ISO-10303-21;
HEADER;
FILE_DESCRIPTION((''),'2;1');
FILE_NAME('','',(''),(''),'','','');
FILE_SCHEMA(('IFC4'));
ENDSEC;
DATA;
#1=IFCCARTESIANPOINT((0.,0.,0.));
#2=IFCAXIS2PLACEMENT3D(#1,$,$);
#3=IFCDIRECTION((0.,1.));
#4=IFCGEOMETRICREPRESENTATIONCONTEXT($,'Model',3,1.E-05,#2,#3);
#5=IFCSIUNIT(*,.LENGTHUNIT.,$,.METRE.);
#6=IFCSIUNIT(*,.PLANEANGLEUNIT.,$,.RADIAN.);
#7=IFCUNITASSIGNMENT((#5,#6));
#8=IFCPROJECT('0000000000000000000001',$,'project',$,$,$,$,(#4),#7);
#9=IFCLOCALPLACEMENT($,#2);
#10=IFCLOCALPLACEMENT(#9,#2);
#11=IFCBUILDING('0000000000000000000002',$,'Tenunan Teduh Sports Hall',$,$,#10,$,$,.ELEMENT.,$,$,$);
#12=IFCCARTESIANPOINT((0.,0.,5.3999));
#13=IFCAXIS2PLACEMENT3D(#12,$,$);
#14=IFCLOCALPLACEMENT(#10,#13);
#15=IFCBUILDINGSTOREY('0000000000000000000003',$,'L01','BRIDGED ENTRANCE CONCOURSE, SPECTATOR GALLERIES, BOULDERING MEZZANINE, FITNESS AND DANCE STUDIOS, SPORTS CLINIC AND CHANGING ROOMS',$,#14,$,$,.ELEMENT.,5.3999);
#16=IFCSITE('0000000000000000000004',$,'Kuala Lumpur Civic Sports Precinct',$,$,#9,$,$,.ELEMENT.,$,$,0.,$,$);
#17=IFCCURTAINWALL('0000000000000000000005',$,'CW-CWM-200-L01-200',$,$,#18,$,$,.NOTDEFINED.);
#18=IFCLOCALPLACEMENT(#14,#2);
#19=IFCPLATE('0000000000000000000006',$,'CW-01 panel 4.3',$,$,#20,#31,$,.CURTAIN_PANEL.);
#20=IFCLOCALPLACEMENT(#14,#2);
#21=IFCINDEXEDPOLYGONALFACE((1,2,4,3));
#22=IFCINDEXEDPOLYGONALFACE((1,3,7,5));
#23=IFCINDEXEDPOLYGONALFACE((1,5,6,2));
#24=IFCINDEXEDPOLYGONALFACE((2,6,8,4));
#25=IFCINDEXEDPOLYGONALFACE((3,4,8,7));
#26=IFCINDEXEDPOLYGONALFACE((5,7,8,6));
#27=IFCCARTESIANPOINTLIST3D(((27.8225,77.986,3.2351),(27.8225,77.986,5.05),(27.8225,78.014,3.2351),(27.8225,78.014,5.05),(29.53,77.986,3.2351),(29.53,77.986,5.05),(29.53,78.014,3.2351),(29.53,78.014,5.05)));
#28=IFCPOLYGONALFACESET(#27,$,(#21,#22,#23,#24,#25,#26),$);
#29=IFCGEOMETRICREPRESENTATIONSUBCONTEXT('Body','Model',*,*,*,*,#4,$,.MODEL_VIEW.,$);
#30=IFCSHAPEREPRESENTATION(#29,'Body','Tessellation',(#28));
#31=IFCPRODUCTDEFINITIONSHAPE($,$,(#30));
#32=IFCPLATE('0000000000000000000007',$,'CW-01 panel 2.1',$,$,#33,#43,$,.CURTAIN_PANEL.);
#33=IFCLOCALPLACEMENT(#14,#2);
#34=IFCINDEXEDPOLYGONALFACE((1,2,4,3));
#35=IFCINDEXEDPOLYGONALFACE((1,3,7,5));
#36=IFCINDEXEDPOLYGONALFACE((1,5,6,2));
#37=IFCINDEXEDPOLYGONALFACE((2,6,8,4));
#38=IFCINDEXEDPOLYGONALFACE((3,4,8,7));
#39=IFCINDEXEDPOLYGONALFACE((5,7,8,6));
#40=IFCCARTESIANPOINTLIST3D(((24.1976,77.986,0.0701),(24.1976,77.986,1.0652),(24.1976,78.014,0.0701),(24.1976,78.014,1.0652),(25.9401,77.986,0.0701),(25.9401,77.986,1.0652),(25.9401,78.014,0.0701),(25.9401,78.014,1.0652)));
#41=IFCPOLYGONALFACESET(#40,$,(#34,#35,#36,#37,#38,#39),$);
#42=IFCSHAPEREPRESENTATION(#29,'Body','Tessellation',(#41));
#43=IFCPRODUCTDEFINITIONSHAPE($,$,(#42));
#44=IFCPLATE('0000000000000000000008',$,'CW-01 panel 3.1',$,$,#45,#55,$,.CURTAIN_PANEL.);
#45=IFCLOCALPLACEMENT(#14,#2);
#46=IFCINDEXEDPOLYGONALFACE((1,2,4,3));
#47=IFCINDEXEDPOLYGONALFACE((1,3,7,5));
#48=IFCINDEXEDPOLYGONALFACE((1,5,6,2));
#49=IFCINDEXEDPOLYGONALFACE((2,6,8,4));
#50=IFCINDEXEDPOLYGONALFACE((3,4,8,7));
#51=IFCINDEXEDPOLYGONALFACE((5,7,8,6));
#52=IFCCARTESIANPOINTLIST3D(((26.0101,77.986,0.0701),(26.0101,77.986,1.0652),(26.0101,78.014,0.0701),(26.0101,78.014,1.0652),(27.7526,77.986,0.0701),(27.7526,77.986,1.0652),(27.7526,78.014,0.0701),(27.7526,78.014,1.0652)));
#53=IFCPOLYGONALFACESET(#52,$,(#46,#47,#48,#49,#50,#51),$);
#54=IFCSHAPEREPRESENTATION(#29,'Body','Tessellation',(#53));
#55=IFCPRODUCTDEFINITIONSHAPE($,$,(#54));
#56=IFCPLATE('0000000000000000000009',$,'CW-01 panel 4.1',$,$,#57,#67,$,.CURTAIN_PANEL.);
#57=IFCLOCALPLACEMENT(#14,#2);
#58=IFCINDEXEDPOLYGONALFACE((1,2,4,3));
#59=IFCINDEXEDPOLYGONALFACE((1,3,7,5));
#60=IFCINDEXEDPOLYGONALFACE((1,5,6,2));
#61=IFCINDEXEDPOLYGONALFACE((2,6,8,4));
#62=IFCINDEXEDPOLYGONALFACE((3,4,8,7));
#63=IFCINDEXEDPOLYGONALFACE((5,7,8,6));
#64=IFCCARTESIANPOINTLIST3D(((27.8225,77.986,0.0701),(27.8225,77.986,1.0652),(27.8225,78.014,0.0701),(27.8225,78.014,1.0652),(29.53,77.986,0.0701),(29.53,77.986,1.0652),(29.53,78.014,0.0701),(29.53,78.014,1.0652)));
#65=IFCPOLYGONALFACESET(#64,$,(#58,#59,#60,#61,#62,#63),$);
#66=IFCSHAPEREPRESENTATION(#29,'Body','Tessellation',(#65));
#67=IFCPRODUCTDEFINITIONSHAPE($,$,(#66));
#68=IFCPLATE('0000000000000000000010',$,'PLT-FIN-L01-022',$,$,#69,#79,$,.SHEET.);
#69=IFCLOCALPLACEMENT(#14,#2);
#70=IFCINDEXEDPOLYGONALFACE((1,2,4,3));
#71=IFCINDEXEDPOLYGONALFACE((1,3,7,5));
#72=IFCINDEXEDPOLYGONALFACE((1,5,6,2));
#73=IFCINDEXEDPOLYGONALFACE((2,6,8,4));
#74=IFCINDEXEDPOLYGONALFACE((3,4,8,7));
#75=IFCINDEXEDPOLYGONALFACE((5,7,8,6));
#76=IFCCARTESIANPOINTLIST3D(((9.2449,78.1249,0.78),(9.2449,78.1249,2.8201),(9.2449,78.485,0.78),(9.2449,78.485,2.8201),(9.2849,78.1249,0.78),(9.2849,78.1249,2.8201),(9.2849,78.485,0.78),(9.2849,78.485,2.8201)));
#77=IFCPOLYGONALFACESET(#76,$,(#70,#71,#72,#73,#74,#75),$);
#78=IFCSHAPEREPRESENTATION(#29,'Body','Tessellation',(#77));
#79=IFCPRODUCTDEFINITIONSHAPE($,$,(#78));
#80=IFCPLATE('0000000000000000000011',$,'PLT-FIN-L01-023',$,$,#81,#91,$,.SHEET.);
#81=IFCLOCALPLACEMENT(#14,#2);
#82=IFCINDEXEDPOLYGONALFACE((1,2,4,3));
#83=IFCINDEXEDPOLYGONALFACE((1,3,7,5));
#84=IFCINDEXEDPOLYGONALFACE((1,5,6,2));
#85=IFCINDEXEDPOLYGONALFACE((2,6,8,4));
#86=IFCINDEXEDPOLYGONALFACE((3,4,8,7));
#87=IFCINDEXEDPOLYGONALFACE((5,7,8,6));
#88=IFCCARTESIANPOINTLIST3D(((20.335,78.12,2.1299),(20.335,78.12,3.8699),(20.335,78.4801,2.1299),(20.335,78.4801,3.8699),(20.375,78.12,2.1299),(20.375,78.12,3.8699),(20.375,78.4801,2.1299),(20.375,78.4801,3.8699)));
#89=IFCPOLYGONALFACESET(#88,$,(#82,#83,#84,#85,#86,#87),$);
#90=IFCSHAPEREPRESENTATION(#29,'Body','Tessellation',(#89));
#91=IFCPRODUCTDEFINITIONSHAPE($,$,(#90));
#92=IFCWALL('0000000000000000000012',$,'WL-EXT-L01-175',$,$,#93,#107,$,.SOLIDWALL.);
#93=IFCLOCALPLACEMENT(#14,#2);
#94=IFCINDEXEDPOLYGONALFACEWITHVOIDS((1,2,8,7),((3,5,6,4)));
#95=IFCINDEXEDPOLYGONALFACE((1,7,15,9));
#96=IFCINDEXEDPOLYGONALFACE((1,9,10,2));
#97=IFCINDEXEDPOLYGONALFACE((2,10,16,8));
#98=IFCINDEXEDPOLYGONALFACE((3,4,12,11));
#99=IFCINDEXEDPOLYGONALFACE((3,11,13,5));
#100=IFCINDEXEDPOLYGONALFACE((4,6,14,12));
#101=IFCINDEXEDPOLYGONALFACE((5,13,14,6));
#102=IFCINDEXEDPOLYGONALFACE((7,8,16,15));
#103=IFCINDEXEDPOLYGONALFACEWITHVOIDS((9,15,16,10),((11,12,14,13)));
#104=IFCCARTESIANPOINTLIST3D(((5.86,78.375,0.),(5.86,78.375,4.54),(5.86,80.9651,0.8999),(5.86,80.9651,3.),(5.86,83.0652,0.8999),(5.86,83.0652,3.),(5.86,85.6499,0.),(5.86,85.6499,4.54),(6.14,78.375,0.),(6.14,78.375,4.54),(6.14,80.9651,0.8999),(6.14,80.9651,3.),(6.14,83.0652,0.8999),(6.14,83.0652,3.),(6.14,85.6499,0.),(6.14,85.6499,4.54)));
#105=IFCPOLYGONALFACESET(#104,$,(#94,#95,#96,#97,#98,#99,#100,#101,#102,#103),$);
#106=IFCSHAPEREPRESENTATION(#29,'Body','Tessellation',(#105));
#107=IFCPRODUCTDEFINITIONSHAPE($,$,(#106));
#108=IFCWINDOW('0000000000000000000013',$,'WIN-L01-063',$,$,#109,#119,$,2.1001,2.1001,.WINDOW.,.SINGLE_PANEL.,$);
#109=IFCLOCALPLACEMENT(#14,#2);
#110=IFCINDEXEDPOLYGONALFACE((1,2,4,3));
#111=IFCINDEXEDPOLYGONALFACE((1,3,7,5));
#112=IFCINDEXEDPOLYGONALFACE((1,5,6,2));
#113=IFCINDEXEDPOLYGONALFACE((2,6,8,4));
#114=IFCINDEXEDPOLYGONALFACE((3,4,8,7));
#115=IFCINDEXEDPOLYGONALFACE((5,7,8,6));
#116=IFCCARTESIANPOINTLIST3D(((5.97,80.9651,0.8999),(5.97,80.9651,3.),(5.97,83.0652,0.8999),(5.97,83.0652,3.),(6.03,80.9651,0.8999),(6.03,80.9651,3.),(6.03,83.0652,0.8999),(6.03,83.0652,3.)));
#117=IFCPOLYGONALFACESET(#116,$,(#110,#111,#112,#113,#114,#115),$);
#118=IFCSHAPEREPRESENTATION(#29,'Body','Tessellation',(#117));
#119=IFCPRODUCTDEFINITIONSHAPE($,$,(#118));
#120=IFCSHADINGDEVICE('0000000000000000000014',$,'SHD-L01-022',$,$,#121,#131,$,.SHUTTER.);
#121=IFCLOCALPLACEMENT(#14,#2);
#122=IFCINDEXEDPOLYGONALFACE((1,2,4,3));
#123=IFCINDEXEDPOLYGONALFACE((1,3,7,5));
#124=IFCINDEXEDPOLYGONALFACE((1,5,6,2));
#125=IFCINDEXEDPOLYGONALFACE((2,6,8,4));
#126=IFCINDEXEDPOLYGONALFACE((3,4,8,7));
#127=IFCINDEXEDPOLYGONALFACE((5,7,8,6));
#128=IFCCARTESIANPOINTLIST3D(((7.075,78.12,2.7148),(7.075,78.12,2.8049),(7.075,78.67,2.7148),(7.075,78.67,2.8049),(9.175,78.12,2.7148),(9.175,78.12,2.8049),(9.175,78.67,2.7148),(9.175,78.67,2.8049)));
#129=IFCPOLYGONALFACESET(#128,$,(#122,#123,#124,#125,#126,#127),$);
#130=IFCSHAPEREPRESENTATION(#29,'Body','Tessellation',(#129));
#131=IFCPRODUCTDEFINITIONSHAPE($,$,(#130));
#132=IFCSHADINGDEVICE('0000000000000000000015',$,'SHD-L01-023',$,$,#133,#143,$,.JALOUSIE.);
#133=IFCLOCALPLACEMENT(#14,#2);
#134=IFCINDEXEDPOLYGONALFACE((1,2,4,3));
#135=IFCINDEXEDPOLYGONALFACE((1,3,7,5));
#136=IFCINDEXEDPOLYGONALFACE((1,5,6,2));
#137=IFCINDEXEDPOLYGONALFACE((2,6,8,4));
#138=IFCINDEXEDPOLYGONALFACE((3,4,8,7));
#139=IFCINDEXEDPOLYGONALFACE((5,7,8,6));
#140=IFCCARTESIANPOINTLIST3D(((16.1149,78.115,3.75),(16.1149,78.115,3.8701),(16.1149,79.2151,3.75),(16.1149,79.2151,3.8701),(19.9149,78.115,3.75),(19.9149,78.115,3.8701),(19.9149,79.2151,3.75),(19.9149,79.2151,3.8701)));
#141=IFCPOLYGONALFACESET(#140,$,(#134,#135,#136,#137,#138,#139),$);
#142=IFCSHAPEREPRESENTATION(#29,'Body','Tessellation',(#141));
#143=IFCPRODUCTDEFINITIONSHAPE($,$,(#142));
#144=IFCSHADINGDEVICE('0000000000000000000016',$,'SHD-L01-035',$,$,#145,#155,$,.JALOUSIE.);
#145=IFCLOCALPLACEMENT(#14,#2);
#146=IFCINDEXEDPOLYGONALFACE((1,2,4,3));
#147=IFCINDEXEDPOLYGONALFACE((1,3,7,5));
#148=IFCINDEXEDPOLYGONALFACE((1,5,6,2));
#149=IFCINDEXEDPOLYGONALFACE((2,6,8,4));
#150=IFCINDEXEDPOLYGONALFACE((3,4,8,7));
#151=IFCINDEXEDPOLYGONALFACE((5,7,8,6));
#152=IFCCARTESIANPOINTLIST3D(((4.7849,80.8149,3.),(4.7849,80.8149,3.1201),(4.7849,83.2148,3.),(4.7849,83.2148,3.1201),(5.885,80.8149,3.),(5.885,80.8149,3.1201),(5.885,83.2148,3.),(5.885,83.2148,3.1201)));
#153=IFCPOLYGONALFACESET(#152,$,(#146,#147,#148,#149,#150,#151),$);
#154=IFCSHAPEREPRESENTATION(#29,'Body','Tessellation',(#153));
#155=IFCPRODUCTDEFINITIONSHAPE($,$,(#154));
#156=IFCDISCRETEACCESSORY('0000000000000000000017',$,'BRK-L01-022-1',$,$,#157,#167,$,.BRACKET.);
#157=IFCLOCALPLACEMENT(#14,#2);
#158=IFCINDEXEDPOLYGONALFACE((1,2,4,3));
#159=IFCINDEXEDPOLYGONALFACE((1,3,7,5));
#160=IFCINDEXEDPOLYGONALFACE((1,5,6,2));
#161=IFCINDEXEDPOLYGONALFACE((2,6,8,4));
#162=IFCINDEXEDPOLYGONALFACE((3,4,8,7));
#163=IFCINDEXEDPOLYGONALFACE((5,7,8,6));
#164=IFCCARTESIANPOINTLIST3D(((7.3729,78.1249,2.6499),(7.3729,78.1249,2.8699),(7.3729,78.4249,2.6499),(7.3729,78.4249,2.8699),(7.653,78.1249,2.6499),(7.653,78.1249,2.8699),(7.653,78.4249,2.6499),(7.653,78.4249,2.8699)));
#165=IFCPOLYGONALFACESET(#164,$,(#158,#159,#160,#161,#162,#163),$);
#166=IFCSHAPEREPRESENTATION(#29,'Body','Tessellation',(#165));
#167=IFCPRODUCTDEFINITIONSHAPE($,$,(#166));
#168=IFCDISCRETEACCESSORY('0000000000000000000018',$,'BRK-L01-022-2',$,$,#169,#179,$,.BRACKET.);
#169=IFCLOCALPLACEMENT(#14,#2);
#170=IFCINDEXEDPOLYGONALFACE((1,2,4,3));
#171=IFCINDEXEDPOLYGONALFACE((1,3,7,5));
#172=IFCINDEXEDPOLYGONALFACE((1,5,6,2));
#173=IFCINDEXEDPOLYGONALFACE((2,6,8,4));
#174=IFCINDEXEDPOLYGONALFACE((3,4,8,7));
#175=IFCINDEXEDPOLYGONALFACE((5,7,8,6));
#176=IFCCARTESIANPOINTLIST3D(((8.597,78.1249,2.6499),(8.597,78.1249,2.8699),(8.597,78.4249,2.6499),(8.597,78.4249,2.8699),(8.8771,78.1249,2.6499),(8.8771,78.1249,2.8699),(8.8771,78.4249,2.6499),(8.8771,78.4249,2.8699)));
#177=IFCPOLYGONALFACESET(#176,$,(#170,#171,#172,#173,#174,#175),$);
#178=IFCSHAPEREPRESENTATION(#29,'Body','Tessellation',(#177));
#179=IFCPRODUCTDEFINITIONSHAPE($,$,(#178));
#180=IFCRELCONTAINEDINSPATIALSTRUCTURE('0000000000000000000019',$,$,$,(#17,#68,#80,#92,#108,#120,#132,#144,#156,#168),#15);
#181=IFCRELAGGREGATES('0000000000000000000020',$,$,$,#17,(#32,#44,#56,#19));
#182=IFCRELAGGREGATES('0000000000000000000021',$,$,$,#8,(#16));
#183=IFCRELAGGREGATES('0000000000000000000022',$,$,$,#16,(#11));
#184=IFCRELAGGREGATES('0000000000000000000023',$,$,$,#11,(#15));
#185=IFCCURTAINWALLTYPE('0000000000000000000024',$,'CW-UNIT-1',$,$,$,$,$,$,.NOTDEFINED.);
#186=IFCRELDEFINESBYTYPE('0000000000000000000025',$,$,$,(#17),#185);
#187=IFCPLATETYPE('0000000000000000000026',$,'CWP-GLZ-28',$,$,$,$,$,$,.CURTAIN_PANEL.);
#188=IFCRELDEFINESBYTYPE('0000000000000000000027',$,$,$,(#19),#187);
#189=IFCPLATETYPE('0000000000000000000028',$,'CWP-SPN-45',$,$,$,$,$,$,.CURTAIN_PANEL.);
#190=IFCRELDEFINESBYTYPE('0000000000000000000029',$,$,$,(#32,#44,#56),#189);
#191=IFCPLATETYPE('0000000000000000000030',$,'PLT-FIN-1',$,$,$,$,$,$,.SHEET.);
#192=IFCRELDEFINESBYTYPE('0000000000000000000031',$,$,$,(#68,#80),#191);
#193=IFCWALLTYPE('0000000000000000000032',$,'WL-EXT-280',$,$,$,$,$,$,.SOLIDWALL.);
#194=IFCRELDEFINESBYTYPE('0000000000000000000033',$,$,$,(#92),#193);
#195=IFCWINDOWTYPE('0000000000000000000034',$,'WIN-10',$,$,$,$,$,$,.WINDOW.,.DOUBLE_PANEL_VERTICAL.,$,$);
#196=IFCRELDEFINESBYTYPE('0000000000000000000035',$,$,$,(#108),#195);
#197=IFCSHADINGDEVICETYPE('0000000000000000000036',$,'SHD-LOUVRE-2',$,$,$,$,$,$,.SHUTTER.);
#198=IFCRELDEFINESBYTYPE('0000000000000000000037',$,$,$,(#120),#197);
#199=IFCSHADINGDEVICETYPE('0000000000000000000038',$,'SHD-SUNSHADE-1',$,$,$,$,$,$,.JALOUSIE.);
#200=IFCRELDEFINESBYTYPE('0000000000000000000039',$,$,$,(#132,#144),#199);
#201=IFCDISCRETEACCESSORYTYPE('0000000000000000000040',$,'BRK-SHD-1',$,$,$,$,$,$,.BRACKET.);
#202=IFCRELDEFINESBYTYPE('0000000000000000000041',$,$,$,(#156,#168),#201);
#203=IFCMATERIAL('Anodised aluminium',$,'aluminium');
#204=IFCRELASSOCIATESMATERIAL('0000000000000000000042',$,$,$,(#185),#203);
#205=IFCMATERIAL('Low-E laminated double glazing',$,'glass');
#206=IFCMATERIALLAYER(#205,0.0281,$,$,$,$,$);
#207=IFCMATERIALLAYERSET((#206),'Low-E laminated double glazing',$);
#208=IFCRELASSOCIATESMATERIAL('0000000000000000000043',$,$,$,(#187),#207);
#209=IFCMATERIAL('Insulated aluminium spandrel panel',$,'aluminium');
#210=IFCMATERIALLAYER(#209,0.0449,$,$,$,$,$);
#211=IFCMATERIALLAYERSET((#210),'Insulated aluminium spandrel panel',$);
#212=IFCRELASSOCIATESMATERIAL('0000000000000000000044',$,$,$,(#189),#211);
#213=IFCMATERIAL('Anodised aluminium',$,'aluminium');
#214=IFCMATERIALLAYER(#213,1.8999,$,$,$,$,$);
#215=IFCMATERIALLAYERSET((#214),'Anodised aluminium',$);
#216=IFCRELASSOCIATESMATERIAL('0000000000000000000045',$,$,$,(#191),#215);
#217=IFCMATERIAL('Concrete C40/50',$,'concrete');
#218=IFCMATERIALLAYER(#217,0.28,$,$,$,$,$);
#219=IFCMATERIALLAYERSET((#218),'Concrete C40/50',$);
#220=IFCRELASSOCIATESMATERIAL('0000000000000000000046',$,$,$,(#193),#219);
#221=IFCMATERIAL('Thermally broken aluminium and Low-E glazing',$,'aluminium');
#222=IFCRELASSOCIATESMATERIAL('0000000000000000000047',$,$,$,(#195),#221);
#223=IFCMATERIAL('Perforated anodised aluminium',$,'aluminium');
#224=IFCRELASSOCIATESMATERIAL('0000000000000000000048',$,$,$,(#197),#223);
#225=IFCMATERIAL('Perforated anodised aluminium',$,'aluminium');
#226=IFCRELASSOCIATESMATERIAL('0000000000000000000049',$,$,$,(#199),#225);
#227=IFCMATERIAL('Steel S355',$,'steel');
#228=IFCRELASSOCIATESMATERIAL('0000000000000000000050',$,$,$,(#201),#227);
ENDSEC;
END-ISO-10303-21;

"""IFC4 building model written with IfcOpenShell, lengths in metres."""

from ifc_helpers import new_model, si_unit, direction, frame, frame_2d, origin, origin_2d, place, context, subcontext, project, spatial, rectangle, extrude, material, layer, layer_set, type_object, element, fill, aggregate, save


model = new_model("IFC4")

# Units and contexts
model_context = context("Model", 3, precision=1e-05, world=origin(), true_north=direction((0.0, 1.0)))
body_context = subcontext(model_context, "Body", "Model", "MODEL_VIEW")
ifc_project = project(units=[si_unit("LENGTHUNIT", "METRE"), si_unit("PLANEANGLEUNIT", "RADIAN")], contexts=[model_context])

# Site, building, storey
site_placement = place(None, origin())
site = spatial("IfcSite", under=ifc_project, at=site_placement, Name="Kuala Lumpur Civic Sports Precinct", CompositionType="ELEMENT", RefElevation=0.0)
building_placement = place(site_placement, origin())
building = spatial("IfcBuilding", under=site, at=building_placement, Name="Tenunan Teduh Sports Hall", CompositionType="ELEMENT")
storey_placement = place(building_placement, frame((0.0, 0.0, 5.3999)))
storey = spatial("IfcBuildingStorey", under=building, at=storey_placement, Name="L01", Description="BRIDGED ENTRANCE CONCOURSE, SPECTATOR GALLERIES, BOULDERING MEZZANINE, FITNESS AND DANCE STUDIOS, SPORTS CLINIC AND CHANGING ROOMS", CompositionType="ELEMENT", Elevation=5.3999)

# Curtain wall
ifc_material_1 = material(Name="Anodised aluminium", Category="aluminium")
curtain_wall_type = type_object("IfcCurtainWallType", Name="CW-UNIT-1", PredefinedType="NOTDEFINED", material=ifc_material_1)
curtain_wall_placement = place(storey_placement, origin())
curtain_wall = element("IfcCurtainWall", 1, at=curtain_wall_placement, inside=storey, type_object=curtain_wall_type, Name="CW-CWM-200-L01-200", PredefinedType="NOTDEFINED")

# Plates
ifc_material_2 = material(Name="Low-E laminated double glazing", Category="glass")
ifc_layer_1 = layer(ifc_material_2, 0.0281)
ifc_layer_set_1 = layer_set([ifc_layer_1], Name="Low-E laminated double glazing")
plate_type_1 = type_object("IfcPlateType", Name="CWP-GLZ-28", PredefinedType="CURTAIN_PANEL", material=ifc_layer_set_1)
plate_1_placement = place(storey_placement, frame((28.6763, 78.0, 3.2351), z_axis=(0.0, 0.0, 1.0), x_axis=(1.0, 0.0, 0.0)))
plate_1 = element("IfcPlate", 2, at=plate_1_placement, type_object=plate_type_1, Name="CW-01 panel 4.3", PredefinedType="CURTAIN_PANEL", context=body_context, shape_type="SweptSolid", body=[
    extrude(rectangle(XDim=1.7075, YDim=0.0281, at=origin_2d()), origin(), (0.0, 0.0, 1.0), 1.8149),
])
ifc_material_3 = material(Name="Insulated aluminium spandrel panel", Category="aluminium")
ifc_layer_2 = layer(ifc_material_3, 0.0449)
ifc_layer_set_2 = layer_set([ifc_layer_2], Name="Insulated aluminium spandrel panel")
plate_type_2 = type_object("IfcPlateType", Name="CWP-SPN-45", PredefinedType="CURTAIN_PANEL", material=ifc_layer_set_2)
plate_2_placement = place(storey_placement, frame((25.0688, 78.0, 0.0701), z_axis=(0.0, 0.0, 1.0), x_axis=(1.0, 0.0, 0.0)))
plate_2 = element("IfcPlate", 3, at=plate_2_placement, type_object=plate_type_2, Name="CW-01 panel 2.1", PredefinedType="CURTAIN_PANEL", context=body_context, shape_type="SweptSolid", body=[
    extrude(rectangle(XDim=1.7424, YDim=0.0281, at=origin_2d()), origin(), (0.0, 0.0, 1.0), 0.9951),
])
plate_3_placement = place(storey_placement, frame((26.8813, 78.0, 0.0701), z_axis=(0.0, 0.0, 1.0), x_axis=(1.0, 0.0, 0.0)))
plate_3 = element("IfcPlate", 4, at=plate_3_placement, type_object=plate_type_2, Name="CW-01 panel 3.1", PredefinedType="CURTAIN_PANEL", context=body_context, shape_type="SweptSolid", body=[
    extrude(rectangle(XDim=1.7424, YDim=0.0281, at=origin_2d()), origin(), (0.0, 0.0, 1.0), 0.9951),
])
plate_4_placement = place(storey_placement, frame((28.6763, 78.0, 0.0701), z_axis=(0.0, 0.0, 1.0), x_axis=(1.0, 0.0, 0.0)))
plate_4 = element("IfcPlate", 5, at=plate_4_placement, type_object=plate_type_2, Name="CW-01 panel 4.1", PredefinedType="CURTAIN_PANEL", context=body_context, shape_type="SweptSolid", body=[
    extrude(rectangle(XDim=1.7075, YDim=0.0281, at=origin_2d()), origin(), (0.0, 0.0, 1.0), 0.9951),
])
aggregate(curtain_wall, [plate_2, plate_3, plate_4, plate_1])

# Plates
ifc_material_4 = material(Name="Anodised aluminium", Category="aluminium")
ifc_layer_3 = layer(ifc_material_4, 1.8999)
ifc_layer_set_3 = layer_set([ifc_layer_3], Name="Anodised aluminium")
plate_type_3 = type_object("IfcPlateType", Name="PLT-FIN-1", PredefinedType="SHEET", material=ifc_layer_set_3)
plate_5_placement = place(storey_placement, frame((9.2649, 78.3049, 0.78), z_axis=(0.0, 0.0, 1.0), x_axis=(1.0, 0.0, 0.0)))
element("IfcPlate", 6, at=plate_5_placement, inside=storey, type_object=plate_type_3, Name="PLT-FIN-L01-022", PredefinedType="SHEET", context=body_context, shape_type="SweptSolid", body=[
    extrude(rectangle(XDim=0.04, YDim=0.3601, at=origin_2d()), origin(), (0.0, 0.0, 1.0), 2.04),
])
plate_6_placement = place(storey_placement, frame((20.355, 78.3, 2.1299), z_axis=(0.0, 0.0, 1.0), x_axis=(1.0, 0.0, 0.0)))
element("IfcPlate", 7, at=plate_6_placement, inside=storey, type_object=plate_type_3, Name="PLT-FIN-L01-023", PredefinedType="SHEET", context=body_context, shape_type="SweptSolid", body=[
    extrude(rectangle(XDim=0.04, YDim=0.3601, at=origin_2d()), origin(), (0.0, 0.0, 1.0), 1.74),
])

# Wall, opening, window
ifc_material_5 = material(Name="Concrete C40/50", Category="concrete")
ifc_layer_4 = layer(ifc_material_5, 0.28)
ifc_layer_set_4 = layer_set([ifc_layer_4], Name="Concrete C40/50")
wall_type = type_object("IfcWallType", Name="WL-EXT-280", PredefinedType="SOLIDWALL", material=ifc_layer_set_4)
wall_placement = place(storey_placement, frame((6.0, 78.375, 0.0), z_axis=(0.0, 0.0, 1.0), x_axis=(0.0, 1.0, 0.0)))
wall = element("IfcWall", 8, at=wall_placement, inside=storey, type_object=wall_type, Name="WL-EXT-L01-175", PredefinedType="SOLIDWALL", context=body_context, shape_type="SweptSolid", body=[
    extrude(rectangle(XDim=7.2749, YDim=0.28, at=frame_2d((3.6375, 0.0))), origin(), (0.0, 0.0, 1.0), 4.54),
])
opening_placement = place(wall_placement, frame((2.5901, 0.0, 0.8999)))
opening = element("IfcOpeningElement", 9, at=opening_placement, cuts=wall, PredefinedType="OPENING", context=body_context, shape_type="SweptSolid", body=[
    extrude(rectangle(XDim=2.1001, YDim=2.1001, at=frame_2d((1.05, 1.05))), frame((0.0, 0.1499, 0.0), z_axis=(0.0, -1.0, 0.0), x_axis=(1.0, 0.0, 0.0)), (0.0, 0.0, 1.0), 0.3),
])
ifc_material_6 = material(Name="Thermally broken aluminium and Low-E glazing", Category="aluminium")
window_type = type_object("IfcWindowType", Name="WIN-10", PartitioningType="DOUBLE_PANEL_VERTICAL", PredefinedType="WINDOW", material=ifc_material_6)
window_placement = place(opening_placement, origin())
window = element("IfcWindow", 10, at=window_placement, inside=storey, type_object=window_type, Name="WIN-L01-063", OverallHeight=2.1001, OverallWidth=2.1001, PartitioningType="SINGLE_PANEL", PredefinedType="WINDOW", context=body_context, shape_type="SweptSolid", body=[
    extrude(rectangle(XDim=2.1001, YDim=2.1001, at=frame_2d((1.05, 1.05))), frame((0.0, 0.03, 0.0), z_axis=(0.0, -1.0, 0.0), x_axis=(1.0, 0.0, 0.0)), (0.0, 0.0, 1.0), 0.0601),
])
fill(opening, window)

# Shading devices
ifc_material_7 = material(Name="Perforated anodised aluminium", Category="aluminium")
shading_device_type_1 = type_object("IfcShadingDeviceType", Name="SHD-LOUVRE-2", PredefinedType="SHUTTER", material=ifc_material_7)
shading_device_1_placement = place(storey_placement, frame((8.125, 78.395, 2.7148), z_axis=(0.0, 0.0, 1.0), x_axis=(1.0, 0.0, 0.0)))
element("IfcShadingDevice", 11, at=shading_device_1_placement, inside=storey, type_object=shading_device_type_1, Name="SHD-L01-022", PredefinedType="SHUTTER", context=body_context, shape_type="SweptSolid", body=[
    extrude(rectangle(XDim=2.1001, YDim=0.55, at=origin_2d()), origin(), (0.0, 0.0, 1.0), 0.0901),
])
ifc_material_8 = material(Name="Perforated anodised aluminium", Category="aluminium")
shading_device_type_2 = type_object("IfcShadingDeviceType", Name="SHD-SUNSHADE-1", PredefinedType="JALOUSIE", material=ifc_material_8)
shading_device_2_placement = place(storey_placement, frame((18.0149, 78.665, 3.75), z_axis=(0.0, 0.0, 1.0), x_axis=(1.0, 0.0, 0.0)))
element("IfcShadingDevice", 12, at=shading_device_2_placement, inside=storey, type_object=shading_device_type_2, Name="SHD-L01-023", PredefinedType="JALOUSIE", context=body_context, shape_type="SweptSolid", body=[
    extrude(rectangle(XDim=3.8, YDim=1.1001, at=origin_2d()), origin(), (0.0, 0.0, 1.0), 0.1201),
])
shading_device_3_placement = place(storey_placement, frame((5.335, 82.0149, 3.0), z_axis=(0.0, 0.0, 1.0), x_axis=(0.0, 1.0, 0.0)))
element("IfcShadingDevice", 13, at=shading_device_3_placement, inside=storey, type_object=shading_device_type_2, Name="SHD-L01-035", PredefinedType="JALOUSIE", context=body_context, shape_type="SweptSolid", body=[
    extrude(rectangle(XDim=2.3999, YDim=1.1001, at=origin_2d()), origin(), (0.0, 0.0, 1.0), 0.1201),
])

# Discrete accessories
ifc_material_9 = material(Name="Steel S355", Category="steel")
discrete_accessory_type_1 = type_object("IfcDiscreteAccessoryType", Name="BRK-SHD-1", PredefinedType="BRACKET", material=ifc_material_9)
for number, where, z_axis, x_axis, name in (
    (14, (7.5129, 78.2749, 2.6499), (0.0, 0.0, 1.0), (1.0, 0.0, 0.0), "BRK-L01-022-1"),
    (15, (8.7371, 78.2749, 2.6499), (0.0, 0.0, 1.0), (1.0, 0.0, 0.0), "BRK-L01-022-2"),
):
    element("IfcDiscreteAccessory", number, at=place(storey_placement, frame(where, z_axis=z_axis, x_axis=x_axis)), inside=storey, type_object=discrete_accessory_type_1, Name=name, PredefinedType="BRACKET", context=body_context, shape_type="SweptSolid", body=[
        extrude(rectangle(XDim=0.28, YDim=0.3, at=origin_2d()), origin(), (0.0, 0.0, 1.0), 0.22),
    ])

save(model, "model.ifc")
